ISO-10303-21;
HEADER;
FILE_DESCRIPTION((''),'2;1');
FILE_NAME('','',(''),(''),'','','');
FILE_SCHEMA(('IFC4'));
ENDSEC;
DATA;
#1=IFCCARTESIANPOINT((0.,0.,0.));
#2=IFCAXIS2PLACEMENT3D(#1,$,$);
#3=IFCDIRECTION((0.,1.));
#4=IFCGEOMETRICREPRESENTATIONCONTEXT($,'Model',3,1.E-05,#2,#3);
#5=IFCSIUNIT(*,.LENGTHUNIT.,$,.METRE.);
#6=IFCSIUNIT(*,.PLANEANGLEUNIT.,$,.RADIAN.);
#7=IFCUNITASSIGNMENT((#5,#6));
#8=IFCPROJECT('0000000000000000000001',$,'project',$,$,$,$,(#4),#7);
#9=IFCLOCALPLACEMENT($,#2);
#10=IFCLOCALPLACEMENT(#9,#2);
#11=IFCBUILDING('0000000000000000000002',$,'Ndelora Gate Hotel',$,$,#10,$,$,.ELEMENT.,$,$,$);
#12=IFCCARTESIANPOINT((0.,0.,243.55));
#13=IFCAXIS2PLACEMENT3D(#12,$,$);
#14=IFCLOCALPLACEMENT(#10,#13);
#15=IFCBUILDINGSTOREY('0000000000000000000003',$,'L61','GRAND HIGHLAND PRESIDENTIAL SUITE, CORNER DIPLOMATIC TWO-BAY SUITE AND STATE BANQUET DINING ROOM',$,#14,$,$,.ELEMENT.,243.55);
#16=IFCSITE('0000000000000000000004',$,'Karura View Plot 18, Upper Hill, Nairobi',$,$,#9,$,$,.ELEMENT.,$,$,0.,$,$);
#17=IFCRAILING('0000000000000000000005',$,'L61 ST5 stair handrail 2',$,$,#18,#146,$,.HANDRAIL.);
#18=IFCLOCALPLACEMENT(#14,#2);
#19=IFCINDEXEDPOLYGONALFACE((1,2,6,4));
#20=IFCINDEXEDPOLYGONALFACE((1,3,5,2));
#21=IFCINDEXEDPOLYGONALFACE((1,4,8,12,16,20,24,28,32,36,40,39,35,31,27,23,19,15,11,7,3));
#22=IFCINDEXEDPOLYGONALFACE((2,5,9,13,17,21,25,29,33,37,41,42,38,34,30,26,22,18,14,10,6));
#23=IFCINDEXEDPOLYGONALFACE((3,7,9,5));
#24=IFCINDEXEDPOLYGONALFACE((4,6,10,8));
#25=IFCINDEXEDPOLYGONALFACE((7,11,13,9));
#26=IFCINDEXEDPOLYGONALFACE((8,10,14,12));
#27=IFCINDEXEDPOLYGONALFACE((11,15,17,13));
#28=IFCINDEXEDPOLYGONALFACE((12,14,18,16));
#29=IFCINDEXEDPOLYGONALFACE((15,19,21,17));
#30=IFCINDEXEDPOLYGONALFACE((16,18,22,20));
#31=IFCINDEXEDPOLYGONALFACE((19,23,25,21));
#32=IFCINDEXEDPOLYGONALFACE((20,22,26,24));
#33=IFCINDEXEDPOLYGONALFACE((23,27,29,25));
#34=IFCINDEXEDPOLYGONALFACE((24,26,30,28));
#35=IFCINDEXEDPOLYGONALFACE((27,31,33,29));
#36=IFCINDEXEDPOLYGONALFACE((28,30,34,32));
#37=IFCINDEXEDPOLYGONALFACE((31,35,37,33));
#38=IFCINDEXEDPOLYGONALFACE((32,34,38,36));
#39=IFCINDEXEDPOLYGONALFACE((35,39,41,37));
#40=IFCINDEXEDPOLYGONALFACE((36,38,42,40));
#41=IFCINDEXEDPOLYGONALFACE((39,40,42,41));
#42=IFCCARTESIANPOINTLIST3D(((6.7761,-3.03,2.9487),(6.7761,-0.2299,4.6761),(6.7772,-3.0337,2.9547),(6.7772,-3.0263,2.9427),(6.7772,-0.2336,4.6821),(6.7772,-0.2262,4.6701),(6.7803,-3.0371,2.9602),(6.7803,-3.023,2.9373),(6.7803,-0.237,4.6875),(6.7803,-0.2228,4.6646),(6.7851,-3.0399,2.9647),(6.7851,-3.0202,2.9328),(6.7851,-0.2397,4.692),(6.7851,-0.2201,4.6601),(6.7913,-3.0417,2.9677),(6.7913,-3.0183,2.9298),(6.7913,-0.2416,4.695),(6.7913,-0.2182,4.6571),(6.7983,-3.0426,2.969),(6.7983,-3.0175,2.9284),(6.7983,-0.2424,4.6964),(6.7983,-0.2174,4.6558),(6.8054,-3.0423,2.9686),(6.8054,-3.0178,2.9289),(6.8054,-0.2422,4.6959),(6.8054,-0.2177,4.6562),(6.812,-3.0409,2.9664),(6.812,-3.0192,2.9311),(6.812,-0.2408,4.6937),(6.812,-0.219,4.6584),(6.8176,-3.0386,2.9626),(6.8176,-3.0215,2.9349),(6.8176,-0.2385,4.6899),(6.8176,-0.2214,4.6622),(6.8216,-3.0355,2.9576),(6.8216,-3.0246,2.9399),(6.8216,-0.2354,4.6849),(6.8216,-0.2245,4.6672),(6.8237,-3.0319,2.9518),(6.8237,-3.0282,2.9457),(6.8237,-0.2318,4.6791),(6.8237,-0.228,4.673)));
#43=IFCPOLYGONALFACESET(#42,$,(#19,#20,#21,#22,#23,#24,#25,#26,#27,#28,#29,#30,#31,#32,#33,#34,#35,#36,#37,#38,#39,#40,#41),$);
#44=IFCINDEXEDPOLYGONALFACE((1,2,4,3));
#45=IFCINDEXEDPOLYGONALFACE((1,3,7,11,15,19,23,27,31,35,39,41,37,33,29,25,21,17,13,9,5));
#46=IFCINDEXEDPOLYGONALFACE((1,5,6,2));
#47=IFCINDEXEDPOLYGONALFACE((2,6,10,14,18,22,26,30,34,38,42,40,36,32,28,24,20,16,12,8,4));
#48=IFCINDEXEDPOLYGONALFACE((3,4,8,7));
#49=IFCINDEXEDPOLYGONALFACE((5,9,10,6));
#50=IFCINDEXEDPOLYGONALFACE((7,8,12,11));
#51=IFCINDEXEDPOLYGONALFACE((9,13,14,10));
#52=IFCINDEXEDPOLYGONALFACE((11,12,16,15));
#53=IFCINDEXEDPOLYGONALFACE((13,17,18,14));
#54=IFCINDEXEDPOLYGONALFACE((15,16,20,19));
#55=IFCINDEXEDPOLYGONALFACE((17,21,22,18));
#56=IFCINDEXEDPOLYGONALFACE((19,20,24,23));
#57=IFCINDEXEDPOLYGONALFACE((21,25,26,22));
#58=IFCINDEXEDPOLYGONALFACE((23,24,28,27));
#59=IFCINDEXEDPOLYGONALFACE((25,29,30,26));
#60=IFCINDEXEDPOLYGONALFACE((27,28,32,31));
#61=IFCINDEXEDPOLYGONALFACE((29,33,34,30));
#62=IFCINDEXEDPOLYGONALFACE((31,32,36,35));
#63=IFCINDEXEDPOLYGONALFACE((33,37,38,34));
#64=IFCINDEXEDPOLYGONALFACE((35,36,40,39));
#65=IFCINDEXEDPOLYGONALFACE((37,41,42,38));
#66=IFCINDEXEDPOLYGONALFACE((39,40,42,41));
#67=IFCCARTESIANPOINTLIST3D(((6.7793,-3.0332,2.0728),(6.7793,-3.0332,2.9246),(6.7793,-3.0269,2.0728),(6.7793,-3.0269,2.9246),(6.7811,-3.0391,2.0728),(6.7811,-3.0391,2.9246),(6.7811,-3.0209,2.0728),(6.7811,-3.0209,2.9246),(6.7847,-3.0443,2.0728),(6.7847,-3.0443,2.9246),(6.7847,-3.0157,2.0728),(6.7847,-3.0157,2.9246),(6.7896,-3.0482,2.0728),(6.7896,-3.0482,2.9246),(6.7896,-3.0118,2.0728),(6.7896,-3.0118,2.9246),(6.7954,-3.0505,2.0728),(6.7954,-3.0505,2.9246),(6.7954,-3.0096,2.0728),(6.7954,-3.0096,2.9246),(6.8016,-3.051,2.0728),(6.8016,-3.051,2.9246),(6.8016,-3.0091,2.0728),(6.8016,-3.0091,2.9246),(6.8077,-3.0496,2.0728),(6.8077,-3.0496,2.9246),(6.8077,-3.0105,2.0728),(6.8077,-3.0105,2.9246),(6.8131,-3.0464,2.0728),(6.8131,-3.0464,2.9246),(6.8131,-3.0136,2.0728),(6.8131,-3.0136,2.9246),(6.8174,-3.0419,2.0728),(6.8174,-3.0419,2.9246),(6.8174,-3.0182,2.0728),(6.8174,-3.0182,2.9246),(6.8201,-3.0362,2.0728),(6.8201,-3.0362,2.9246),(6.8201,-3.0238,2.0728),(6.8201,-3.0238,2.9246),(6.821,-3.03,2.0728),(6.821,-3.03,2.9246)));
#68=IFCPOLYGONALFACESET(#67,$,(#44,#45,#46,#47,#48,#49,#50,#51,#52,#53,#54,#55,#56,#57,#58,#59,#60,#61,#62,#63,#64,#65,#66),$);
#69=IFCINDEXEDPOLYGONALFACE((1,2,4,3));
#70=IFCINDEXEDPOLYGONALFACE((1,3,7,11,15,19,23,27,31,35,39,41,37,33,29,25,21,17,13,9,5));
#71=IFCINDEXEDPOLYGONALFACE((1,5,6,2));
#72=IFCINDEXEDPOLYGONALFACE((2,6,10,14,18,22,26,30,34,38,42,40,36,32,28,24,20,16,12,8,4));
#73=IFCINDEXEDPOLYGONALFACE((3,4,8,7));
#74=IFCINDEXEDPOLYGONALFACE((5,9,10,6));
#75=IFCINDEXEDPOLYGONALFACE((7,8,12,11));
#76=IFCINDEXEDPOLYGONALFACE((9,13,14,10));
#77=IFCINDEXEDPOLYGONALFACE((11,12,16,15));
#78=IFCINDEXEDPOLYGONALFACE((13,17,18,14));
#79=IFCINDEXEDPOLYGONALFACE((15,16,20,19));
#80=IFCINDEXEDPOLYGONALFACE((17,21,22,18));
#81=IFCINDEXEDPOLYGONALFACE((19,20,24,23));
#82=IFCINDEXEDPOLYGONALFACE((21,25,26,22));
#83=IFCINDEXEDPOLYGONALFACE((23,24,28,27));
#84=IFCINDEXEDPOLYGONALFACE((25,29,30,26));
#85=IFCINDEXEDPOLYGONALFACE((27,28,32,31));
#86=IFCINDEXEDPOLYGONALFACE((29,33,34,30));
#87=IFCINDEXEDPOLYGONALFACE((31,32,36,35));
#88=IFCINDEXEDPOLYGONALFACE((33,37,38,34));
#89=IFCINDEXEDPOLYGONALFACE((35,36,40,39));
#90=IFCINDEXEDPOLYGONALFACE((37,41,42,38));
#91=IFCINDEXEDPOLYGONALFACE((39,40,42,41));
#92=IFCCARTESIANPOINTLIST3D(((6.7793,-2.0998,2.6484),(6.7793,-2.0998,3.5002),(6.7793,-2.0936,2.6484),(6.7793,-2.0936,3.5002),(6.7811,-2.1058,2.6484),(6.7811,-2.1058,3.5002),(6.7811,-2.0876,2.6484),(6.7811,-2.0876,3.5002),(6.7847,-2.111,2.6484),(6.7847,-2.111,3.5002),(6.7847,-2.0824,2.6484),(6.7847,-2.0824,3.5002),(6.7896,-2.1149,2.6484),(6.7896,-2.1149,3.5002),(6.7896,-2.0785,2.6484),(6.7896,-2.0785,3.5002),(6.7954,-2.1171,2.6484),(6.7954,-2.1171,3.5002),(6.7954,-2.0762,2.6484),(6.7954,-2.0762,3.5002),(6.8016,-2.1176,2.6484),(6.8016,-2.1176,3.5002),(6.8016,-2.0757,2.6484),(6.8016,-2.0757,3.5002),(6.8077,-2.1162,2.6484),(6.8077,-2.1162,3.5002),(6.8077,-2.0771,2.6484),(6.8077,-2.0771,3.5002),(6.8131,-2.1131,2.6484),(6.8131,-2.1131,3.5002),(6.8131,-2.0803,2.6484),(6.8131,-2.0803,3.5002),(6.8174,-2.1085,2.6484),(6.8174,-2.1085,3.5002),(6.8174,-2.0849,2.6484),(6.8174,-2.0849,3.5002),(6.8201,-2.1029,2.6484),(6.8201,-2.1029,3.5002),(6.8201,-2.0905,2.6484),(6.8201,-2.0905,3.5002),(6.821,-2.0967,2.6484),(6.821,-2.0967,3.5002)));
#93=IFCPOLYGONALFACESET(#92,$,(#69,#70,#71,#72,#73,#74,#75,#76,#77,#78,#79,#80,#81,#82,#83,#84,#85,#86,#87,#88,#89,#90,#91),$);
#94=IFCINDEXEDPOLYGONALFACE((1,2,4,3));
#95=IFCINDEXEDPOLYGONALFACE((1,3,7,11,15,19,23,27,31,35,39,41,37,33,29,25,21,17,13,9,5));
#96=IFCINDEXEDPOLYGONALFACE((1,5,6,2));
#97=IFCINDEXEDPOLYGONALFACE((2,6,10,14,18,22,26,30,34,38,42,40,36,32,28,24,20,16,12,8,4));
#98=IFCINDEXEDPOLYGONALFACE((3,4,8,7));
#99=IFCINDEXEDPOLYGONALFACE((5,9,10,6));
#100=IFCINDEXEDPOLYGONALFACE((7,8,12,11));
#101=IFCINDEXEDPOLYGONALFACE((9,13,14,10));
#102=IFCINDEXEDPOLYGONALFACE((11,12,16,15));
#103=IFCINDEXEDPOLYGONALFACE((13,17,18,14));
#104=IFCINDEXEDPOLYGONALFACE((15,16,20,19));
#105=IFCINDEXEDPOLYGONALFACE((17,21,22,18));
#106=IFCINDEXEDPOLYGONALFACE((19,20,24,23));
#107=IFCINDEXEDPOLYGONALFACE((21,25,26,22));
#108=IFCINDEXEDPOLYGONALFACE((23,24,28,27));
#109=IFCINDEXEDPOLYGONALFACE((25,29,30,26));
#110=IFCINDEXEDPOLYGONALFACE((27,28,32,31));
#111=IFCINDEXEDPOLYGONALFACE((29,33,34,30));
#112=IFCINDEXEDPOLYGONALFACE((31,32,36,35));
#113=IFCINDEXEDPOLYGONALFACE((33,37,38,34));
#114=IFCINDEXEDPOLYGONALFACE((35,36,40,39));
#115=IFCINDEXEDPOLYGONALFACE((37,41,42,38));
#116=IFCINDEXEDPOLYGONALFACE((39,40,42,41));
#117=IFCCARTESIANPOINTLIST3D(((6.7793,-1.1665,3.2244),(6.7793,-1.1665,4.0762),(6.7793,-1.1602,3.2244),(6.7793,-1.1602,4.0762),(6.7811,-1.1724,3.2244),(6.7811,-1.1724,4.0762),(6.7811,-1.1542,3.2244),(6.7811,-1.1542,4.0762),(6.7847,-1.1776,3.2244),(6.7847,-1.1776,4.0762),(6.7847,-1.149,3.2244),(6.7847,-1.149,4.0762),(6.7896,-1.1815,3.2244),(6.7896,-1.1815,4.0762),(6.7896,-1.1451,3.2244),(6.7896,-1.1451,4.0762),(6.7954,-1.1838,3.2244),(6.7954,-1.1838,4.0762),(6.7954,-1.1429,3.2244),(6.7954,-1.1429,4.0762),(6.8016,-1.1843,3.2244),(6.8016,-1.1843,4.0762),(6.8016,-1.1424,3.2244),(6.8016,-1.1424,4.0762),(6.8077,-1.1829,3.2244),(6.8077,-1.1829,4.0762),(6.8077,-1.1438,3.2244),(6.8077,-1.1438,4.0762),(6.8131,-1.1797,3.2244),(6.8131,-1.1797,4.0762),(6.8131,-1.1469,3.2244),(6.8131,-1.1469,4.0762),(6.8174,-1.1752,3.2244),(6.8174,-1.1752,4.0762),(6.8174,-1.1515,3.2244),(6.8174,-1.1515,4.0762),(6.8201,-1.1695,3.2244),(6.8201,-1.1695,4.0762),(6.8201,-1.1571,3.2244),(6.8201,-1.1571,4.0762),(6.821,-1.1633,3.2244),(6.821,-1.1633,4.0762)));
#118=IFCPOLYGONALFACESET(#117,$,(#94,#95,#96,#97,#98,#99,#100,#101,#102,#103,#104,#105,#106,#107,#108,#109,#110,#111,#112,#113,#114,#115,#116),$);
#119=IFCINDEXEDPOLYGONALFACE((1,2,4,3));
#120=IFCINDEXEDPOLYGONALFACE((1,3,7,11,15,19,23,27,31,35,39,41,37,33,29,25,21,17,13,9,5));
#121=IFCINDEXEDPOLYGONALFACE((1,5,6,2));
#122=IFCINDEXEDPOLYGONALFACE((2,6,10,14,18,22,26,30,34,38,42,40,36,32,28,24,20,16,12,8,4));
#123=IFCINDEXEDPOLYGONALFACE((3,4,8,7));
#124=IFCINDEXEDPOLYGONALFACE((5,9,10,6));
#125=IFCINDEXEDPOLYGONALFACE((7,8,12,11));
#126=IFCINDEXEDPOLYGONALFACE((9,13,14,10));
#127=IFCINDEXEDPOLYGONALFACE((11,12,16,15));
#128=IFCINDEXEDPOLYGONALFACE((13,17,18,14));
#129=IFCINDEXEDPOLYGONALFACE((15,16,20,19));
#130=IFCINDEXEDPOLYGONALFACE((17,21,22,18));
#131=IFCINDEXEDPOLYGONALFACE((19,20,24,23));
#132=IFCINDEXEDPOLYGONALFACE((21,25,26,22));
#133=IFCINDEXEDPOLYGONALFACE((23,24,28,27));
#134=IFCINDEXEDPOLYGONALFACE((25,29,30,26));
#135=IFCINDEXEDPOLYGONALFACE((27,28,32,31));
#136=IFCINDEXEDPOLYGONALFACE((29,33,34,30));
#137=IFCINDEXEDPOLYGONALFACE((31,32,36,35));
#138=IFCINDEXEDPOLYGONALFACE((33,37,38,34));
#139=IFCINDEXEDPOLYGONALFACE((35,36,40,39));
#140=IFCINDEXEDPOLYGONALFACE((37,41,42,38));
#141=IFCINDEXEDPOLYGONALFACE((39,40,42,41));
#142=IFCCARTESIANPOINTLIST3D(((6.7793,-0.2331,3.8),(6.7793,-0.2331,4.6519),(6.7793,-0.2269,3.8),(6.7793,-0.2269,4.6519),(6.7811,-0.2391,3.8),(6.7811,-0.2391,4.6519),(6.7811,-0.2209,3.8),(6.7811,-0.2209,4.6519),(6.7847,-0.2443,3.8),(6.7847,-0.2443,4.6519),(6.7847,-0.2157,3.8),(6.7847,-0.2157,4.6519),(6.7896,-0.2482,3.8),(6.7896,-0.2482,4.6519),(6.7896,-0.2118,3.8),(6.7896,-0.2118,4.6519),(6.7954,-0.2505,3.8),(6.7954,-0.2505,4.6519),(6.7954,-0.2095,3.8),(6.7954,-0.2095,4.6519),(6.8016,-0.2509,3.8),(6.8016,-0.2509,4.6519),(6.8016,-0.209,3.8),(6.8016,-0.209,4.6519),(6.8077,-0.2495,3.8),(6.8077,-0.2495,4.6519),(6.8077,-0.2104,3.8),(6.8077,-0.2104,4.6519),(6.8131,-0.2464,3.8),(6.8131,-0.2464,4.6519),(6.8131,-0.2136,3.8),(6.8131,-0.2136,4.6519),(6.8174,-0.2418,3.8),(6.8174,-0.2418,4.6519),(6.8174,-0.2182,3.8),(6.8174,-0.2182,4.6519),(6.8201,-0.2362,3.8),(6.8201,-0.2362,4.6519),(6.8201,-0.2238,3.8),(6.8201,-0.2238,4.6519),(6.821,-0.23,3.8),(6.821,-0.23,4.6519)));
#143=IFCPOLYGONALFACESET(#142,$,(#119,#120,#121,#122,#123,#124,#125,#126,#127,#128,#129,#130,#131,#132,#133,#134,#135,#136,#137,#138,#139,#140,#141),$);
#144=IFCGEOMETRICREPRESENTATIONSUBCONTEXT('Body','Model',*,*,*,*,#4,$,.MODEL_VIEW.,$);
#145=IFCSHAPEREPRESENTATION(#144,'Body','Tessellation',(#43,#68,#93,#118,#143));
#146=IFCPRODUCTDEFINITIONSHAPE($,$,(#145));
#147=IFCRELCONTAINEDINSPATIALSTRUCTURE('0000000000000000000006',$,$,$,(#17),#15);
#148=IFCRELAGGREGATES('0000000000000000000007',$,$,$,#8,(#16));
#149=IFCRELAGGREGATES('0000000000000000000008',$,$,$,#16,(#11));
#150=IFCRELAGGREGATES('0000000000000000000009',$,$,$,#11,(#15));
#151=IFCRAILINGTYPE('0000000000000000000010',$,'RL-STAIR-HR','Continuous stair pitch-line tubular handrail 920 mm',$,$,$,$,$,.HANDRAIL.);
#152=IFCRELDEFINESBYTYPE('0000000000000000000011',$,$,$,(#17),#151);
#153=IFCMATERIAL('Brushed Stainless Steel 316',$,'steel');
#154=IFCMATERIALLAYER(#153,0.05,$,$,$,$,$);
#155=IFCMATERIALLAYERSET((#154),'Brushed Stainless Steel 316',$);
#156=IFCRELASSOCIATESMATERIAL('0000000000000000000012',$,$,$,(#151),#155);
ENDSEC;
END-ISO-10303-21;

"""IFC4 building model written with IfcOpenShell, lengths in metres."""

from ifc_helpers import new_model, si_unit, direction, frame, origin, origin_2d, place, context, subcontext, project, spatial, circle, extrude, material, layer, layer_set, type_object, element, save


model = new_model("IFC4")

# Units and contexts
model_context = context("Model", 3, precision=1e-05, world=origin(), true_north=direction((0.0, 1.0)))
body_context = subcontext(model_context, "Body", "Model", "MODEL_VIEW")
ifc_project = project(units=[si_unit("LENGTHUNIT", "METRE"), si_unit("PLANEANGLEUNIT", "RADIAN")], contexts=[model_context])

# Site, building, storey
site_placement = place(None, origin())
site = spatial("IfcSite", under=ifc_project, at=site_placement, Name="Karura View Plot 18, Upper Hill, Nairobi", CompositionType="ELEMENT", RefElevation=0.0)
building_placement = place(site_placement, origin())
building = spatial("IfcBuilding", under=site, at=building_placement, Name="Ndelora Gate Hotel", CompositionType="ELEMENT")
storey_placement = place(building_placement, frame((0.0, 0.0, 243.55)))
storey = spatial("IfcBuildingStorey", under=building, at=storey_placement, Name="L61", Description="GRAND HIGHLAND PRESIDENTIAL SUITE, CORNER DIPLOMATIC TWO-BAY SUITE AND STATE BANQUET DINING ROOM", CompositionType="ELEMENT", Elevation=243.55)

# Railing
ifc_material_1 = material(Name="Brushed Stainless Steel 316", Category="steel")
ifc_layer_1 = layer(ifc_material_1, 0.05)
ifc_layer_set_1 = layer_set([ifc_layer_1], Name="Brushed Stainless Steel 316")
railing_type_1 = type_object("IfcRailingType", Name="RL-STAIR-HR", Description="Continuous stair pitch-line tubular handrail 920 mm", PredefinedType="HANDRAIL", material=ifc_layer_set_1)
railing_1_placement = place(storey_placement, frame((6.8, -3.03, 2.0728)))
element("IfcRailing", 1, at=railing_1_placement, inside=storey, type_object=railing_type_1, Name="L61 ST5 stair handrail 2", PredefinedType="HANDRAIL", context=body_context, shape_type="SweptSolid", body=[
    extrude(circle(Radius=0.0239, at=origin_2d()), frame((0.0, 0.0, 0.876), z_axis=(0.0, 0.85109, 0.52502), x_axis=(-1.0, 0.0, 0.0)), (0.0, 0.0, 1.0), 3.29),
    extrude(circle(Radius=0.021, at=origin_2d()), origin(), (0.0, 0.0, 1.0), 0.8518),
    extrude(circle(Radius=0.021, at=origin_2d()), frame((0.0, 0.9333, 0.5757)), (0.0, 0.0, 1.0), 0.8518),
    extrude(circle(Radius=0.021, at=origin_2d()), frame((0.0, 1.8667, 1.1516)), (0.0, 0.0, 1.0), 0.8518),
    extrude(circle(Radius=0.021, at=origin_2d()), frame((0.0, 2.8, 1.7273)), (0.0, 0.0, 1.0), 0.8518),
])

save(model, "model.ifc")
